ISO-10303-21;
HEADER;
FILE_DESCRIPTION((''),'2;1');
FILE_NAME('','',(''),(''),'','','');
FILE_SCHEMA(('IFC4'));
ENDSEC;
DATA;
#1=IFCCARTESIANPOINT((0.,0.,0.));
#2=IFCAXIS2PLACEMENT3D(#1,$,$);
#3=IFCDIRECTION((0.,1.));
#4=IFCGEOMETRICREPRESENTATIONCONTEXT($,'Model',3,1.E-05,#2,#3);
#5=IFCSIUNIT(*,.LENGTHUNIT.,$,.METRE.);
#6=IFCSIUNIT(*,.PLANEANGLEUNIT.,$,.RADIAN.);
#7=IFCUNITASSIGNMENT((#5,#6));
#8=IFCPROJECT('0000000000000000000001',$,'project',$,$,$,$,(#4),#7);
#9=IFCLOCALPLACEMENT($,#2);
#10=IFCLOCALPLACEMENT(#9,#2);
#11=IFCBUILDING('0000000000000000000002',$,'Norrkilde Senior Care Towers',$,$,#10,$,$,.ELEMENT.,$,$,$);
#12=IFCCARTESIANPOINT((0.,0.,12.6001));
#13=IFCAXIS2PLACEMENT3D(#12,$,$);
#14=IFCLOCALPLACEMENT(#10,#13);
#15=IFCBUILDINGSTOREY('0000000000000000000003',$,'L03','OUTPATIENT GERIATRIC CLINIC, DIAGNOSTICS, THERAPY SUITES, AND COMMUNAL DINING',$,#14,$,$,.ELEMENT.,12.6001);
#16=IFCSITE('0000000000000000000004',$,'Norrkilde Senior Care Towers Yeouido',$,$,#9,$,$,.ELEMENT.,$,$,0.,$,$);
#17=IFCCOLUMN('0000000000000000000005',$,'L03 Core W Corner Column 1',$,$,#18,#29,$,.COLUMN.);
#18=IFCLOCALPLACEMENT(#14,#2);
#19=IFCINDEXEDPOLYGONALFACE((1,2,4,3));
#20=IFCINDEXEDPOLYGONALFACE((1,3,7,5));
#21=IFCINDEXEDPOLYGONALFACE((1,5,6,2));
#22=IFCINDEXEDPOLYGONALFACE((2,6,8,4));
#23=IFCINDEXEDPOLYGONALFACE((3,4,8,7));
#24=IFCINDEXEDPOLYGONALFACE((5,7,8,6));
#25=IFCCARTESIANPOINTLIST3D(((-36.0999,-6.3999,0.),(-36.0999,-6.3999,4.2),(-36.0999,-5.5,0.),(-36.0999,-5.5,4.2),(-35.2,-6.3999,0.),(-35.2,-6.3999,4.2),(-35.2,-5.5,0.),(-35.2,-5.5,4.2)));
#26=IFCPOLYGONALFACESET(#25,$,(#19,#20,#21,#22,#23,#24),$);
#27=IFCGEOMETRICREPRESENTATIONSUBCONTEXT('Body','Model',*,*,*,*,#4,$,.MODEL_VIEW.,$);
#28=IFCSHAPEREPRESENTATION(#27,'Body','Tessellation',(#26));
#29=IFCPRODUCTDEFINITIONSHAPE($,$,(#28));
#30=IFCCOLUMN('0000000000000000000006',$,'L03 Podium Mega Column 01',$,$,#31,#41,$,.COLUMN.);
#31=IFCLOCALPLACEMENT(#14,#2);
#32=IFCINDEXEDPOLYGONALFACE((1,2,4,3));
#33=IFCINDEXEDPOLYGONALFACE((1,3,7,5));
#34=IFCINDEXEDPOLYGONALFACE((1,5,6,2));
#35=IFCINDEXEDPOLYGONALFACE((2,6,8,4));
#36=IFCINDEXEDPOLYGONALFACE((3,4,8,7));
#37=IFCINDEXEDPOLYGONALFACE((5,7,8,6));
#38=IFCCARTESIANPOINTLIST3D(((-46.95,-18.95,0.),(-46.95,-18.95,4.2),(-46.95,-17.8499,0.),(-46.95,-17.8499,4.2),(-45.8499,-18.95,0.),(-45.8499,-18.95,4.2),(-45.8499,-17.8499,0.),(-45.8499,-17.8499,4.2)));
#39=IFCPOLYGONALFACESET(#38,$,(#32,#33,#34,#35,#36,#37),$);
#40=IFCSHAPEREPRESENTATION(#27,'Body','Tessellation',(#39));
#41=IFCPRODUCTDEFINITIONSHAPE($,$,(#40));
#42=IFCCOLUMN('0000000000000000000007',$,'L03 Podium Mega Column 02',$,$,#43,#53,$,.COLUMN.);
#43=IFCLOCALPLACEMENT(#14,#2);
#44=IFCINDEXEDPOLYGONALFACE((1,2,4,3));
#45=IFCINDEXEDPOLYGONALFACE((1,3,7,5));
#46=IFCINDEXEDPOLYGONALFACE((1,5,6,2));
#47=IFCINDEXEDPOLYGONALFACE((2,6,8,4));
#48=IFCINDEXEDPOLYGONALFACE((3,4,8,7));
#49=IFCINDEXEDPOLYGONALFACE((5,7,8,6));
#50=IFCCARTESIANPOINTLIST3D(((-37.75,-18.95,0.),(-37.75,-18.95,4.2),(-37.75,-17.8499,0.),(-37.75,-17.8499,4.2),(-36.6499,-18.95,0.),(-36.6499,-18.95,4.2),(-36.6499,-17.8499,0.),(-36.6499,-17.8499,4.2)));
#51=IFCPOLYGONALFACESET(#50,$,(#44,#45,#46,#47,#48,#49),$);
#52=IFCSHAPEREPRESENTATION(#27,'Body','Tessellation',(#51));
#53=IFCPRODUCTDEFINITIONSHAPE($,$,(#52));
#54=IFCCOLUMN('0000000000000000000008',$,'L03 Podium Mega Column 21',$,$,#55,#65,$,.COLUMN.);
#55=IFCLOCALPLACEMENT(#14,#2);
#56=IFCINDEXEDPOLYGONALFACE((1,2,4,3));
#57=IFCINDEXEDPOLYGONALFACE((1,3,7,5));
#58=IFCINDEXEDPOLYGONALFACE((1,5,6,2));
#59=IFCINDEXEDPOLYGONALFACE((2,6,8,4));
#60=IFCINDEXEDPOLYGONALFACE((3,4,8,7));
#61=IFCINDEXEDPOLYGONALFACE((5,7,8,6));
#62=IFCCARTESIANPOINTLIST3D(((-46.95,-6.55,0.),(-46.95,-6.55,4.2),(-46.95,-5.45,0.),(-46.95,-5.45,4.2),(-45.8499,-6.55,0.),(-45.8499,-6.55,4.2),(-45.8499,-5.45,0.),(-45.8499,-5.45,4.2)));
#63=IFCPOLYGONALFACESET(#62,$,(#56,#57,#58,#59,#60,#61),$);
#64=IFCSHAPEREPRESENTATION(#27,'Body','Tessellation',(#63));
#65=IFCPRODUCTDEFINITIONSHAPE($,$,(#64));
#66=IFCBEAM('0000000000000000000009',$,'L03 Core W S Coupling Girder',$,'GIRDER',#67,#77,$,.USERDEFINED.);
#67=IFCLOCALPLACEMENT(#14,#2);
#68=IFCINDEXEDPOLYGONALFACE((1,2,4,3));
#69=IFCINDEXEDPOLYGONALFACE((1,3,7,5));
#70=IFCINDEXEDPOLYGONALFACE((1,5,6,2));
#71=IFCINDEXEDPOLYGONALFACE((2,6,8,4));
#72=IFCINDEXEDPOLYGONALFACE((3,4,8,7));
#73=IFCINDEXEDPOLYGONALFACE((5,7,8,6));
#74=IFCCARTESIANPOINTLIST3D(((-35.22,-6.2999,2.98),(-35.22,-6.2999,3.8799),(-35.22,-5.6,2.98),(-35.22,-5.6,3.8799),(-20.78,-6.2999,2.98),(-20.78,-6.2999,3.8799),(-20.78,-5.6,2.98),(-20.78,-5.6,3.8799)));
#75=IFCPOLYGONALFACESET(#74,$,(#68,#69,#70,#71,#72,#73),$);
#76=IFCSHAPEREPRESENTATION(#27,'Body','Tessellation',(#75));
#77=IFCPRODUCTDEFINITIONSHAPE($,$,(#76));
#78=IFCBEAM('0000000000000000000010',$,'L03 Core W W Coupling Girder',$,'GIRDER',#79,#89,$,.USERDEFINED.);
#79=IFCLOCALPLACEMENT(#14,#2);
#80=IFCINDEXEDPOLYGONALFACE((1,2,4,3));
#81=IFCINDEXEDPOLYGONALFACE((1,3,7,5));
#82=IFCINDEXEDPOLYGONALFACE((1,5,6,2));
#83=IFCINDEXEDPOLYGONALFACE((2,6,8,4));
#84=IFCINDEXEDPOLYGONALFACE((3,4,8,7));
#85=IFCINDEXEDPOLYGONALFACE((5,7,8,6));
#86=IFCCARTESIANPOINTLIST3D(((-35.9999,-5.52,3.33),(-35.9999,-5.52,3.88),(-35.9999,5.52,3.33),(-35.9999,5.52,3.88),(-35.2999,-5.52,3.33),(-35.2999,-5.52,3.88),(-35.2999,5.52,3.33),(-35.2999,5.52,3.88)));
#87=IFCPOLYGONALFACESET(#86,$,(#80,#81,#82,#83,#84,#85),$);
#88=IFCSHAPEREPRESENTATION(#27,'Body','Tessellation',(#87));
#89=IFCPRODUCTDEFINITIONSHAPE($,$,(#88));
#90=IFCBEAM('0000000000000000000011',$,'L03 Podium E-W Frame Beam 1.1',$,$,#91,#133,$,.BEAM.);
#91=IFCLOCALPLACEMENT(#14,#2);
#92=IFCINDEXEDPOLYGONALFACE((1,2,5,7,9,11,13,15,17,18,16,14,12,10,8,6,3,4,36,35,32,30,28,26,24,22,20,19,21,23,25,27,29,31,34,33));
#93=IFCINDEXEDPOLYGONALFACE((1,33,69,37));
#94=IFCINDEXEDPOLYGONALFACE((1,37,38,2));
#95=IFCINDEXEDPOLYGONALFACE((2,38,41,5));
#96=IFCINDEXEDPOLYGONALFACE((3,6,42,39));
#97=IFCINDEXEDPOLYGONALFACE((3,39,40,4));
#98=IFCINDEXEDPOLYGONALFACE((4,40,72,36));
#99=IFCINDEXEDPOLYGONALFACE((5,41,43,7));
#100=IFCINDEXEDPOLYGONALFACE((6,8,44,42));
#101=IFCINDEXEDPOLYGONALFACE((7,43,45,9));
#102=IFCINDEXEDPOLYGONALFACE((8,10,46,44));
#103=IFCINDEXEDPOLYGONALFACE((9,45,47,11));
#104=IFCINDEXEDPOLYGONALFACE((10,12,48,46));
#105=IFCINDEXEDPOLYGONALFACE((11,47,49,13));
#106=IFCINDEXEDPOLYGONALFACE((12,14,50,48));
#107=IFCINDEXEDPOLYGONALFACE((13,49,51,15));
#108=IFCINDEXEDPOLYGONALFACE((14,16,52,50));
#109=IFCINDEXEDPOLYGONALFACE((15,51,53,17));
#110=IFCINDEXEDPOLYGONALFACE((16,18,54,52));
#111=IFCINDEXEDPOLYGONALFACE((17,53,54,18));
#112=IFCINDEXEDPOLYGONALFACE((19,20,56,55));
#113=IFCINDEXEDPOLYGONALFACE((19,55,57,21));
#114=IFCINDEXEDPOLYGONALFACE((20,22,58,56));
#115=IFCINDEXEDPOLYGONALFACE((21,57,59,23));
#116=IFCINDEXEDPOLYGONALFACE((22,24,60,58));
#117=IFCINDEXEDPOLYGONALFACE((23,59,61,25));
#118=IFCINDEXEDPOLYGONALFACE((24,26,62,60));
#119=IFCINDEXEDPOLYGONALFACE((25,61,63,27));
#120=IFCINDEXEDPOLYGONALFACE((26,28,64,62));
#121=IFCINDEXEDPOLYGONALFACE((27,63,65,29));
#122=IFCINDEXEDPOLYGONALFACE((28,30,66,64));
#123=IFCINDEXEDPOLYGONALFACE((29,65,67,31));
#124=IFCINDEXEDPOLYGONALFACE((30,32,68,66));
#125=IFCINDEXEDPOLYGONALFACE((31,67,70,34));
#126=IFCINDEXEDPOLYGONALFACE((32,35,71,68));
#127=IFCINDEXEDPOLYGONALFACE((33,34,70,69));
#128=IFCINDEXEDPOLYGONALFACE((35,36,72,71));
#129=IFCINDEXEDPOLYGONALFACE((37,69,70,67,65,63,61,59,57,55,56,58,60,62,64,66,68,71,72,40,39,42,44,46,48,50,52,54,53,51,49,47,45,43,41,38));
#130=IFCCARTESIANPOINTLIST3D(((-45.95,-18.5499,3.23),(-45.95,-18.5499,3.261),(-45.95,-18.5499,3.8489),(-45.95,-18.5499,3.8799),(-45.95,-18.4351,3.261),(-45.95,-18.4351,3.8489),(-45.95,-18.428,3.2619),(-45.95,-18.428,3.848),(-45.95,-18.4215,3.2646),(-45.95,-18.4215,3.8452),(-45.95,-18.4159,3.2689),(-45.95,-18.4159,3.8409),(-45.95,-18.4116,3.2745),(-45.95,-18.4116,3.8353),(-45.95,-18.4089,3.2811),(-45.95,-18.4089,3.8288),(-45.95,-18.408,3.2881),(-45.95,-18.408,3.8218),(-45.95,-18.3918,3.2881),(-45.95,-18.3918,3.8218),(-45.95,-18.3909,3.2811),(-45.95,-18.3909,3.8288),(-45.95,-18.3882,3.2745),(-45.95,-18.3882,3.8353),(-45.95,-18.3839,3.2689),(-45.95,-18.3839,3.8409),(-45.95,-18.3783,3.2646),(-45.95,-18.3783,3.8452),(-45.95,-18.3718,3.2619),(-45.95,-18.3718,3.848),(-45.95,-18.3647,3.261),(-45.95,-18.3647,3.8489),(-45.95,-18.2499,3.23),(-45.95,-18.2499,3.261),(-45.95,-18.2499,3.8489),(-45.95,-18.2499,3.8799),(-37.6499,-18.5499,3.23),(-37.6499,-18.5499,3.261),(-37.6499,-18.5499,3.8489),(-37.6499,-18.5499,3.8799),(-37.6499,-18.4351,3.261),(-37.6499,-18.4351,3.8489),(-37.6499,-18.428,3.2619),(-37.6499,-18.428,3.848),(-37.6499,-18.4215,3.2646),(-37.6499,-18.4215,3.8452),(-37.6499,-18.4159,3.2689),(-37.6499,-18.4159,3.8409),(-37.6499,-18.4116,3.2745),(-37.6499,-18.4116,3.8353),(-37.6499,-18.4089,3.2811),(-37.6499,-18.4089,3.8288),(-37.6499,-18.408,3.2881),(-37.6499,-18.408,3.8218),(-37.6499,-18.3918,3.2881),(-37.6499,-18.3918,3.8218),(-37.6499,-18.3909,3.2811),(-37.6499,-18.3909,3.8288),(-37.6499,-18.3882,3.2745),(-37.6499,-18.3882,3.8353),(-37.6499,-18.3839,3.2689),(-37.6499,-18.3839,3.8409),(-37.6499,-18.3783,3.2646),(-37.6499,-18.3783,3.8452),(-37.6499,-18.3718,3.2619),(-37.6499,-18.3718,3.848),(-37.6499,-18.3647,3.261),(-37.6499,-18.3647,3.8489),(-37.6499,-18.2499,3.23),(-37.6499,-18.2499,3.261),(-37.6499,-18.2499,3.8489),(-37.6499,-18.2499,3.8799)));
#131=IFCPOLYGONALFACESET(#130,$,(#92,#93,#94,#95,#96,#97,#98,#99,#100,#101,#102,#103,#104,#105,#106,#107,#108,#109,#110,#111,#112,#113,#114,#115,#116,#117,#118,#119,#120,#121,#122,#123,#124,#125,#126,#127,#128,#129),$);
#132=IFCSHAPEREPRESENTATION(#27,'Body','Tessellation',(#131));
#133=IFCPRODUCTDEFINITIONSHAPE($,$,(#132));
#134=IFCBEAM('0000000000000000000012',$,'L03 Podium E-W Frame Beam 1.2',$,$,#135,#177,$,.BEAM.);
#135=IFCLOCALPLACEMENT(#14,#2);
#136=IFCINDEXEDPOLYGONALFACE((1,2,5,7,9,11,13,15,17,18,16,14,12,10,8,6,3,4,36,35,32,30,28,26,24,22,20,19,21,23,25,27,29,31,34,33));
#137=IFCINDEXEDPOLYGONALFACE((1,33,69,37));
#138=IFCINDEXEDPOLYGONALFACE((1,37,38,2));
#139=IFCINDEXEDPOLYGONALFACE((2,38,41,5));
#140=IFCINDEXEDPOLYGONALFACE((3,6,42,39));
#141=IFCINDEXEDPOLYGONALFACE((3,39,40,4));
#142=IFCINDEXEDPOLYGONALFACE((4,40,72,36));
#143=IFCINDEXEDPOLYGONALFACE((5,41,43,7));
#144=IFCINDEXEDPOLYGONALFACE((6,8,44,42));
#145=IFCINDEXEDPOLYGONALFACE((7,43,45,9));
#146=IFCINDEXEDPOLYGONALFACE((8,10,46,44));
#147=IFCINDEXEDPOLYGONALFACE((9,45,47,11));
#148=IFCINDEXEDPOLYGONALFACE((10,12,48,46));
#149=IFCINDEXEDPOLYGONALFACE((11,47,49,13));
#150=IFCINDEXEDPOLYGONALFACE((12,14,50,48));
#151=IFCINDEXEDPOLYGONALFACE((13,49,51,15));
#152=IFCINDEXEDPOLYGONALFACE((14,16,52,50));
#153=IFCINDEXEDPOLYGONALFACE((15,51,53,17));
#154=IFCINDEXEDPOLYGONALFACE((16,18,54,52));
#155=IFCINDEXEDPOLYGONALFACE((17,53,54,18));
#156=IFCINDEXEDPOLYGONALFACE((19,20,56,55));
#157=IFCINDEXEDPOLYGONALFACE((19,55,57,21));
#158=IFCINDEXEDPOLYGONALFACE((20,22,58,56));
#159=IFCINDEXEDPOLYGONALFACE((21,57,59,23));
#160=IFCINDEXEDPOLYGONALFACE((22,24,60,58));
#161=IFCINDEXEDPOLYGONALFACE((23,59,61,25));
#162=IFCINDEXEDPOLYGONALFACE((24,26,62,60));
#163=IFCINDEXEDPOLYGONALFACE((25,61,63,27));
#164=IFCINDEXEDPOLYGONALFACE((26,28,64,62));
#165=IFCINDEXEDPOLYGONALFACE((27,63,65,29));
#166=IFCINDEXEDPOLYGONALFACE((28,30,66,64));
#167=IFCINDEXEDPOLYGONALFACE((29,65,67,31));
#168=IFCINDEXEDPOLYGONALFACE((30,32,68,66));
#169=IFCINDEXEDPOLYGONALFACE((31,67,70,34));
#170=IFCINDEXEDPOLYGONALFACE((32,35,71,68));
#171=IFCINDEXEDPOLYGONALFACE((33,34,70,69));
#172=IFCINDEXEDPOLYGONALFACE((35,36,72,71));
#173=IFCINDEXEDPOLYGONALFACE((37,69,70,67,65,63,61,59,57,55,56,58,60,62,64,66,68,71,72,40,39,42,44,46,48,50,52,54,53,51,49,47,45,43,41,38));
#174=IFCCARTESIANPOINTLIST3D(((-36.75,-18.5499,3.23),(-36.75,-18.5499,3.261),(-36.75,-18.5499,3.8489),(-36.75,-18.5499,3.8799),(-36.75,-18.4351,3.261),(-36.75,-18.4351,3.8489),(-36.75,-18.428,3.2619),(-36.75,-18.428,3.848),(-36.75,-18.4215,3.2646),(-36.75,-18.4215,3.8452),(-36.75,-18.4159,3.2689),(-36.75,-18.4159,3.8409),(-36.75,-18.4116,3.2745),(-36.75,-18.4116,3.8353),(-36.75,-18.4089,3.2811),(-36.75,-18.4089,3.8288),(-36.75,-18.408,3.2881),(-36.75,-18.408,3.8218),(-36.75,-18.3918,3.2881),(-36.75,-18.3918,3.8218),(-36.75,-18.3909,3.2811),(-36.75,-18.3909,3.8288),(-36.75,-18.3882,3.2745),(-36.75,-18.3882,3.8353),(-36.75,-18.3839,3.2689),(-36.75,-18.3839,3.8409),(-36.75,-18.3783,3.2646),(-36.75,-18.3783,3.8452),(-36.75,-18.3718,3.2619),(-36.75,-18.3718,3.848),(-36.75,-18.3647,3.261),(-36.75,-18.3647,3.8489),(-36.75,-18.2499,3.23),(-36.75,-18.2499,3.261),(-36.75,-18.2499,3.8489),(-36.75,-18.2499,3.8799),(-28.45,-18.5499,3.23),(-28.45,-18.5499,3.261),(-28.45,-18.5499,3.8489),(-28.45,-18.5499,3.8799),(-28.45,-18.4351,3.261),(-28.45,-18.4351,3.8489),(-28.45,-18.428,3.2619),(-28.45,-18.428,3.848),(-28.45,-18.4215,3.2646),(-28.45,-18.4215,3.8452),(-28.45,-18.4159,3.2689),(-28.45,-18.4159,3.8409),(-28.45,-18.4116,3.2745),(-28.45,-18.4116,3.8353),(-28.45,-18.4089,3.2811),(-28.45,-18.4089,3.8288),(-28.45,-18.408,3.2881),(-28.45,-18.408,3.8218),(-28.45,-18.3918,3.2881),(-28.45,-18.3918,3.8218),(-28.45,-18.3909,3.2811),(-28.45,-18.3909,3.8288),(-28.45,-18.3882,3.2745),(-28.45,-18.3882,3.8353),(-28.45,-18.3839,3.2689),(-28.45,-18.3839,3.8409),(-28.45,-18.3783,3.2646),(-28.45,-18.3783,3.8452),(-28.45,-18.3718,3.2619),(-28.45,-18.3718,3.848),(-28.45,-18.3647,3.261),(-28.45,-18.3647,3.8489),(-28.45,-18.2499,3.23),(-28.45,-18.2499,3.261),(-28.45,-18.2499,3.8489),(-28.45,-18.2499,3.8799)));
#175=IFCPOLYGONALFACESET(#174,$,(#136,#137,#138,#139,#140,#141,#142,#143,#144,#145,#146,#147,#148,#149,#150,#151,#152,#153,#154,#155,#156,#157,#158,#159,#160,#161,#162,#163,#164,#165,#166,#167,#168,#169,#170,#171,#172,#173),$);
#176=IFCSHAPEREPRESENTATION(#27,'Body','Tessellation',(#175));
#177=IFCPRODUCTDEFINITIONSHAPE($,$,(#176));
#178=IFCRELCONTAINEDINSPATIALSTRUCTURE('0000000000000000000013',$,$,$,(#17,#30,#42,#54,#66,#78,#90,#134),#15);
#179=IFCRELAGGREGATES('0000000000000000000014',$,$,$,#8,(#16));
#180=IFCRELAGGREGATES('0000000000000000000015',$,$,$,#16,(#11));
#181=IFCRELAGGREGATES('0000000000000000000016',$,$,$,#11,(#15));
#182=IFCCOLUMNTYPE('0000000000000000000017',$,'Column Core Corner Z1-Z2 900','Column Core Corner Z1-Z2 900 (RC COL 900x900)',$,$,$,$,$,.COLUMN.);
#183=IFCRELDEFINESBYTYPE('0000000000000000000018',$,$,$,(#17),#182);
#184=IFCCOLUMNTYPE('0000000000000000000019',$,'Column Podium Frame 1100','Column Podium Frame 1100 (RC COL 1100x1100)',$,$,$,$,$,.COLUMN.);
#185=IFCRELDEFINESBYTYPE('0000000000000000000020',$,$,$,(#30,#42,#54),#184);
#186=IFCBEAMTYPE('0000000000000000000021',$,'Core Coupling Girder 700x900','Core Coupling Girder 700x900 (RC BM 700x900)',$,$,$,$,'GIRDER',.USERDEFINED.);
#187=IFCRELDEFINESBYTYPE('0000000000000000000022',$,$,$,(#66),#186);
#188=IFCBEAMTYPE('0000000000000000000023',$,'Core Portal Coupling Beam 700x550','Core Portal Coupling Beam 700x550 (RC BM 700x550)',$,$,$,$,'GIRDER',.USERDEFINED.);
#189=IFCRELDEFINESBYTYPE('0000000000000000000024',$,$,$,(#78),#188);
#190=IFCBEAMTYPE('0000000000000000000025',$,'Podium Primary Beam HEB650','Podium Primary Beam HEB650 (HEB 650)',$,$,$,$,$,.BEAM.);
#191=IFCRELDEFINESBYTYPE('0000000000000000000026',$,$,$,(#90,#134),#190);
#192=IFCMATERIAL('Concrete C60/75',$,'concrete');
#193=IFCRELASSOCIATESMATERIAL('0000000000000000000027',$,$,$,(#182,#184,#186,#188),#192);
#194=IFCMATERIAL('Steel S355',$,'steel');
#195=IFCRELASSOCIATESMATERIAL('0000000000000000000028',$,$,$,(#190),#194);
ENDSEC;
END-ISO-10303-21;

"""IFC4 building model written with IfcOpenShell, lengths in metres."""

from ifc_helpers import new_model, si_unit, direction, frame, origin, origin_2d, place, context, subcontext, project, spatial, rectangle, i_section, extrude, source, transform, mapped, material, material_profile, profile_set, type_object, type_shapes, element, save


model = new_model("IFC4")

# Units and contexts
model_context = context("Model", 3, precision=1e-05, world=origin(), true_north=direction((0.0, 1.0)))
body_context = subcontext(model_context, "Body", "Model", "MODEL_VIEW")
ifc_project = project(units=[si_unit("LENGTHUNIT", "METRE"), si_unit("PLANEANGLEUNIT", "RADIAN")], contexts=[model_context])

# Site, building, storey
site_placement = place(None, origin())
site = spatial("IfcSite", under=ifc_project, at=site_placement, Name="Norrkilde Senior Care Towers Yeouido", CompositionType="ELEMENT", RefElevation=0.0)
building_placement = place(site_placement, origin())
building = spatial("IfcBuilding", under=site, at=building_placement, Name="Norrkilde Senior Care Towers", CompositionType="ELEMENT")
storey_placement = place(building_placement, frame((0.0, 0.0, 12.6001)))
storey = spatial("IfcBuildingStorey", under=building, at=storey_placement, Name="L03", Description="OUTPATIENT GERIATRIC CLINIC, DIAGNOSTICS, THERAPY SUITES, AND COMMUNAL DINING", CompositionType="ELEMENT", Elevation=12.6001)

# Columns
ifc_material_1 = material(Name="Concrete C60/75", Category="concrete")
ifc_material_profile_1 = material_profile(ifc_material_1, rectangle(XDim=0.8999, YDim=0.8999, at=origin_2d()), Name="RC COL 900x900")
ifc_profile_set_1 = profile_set([ifc_material_profile_1], Name="Concrete C60/75")
column_type_1 = type_object("IfcColumnType", Name="Column Core Corner Z1-Z2 900", Description="Column Core Corner Z1-Z2 900 (RC COL 900x900)", PredefinedType="COLUMN", material=ifc_profile_set_1)
shared_shape_1 = source(origin(), body_context, "Body", "SweptSolid", [
    extrude(rectangle(XDim=0.8999, YDim=0.8999, at=origin_2d()), origin(), (0.0, 0.0, 1.0), 4.2),
])
type_shapes(column_type_1, [shared_shape_1])
column_placement = place(storey_placement, frame((-35.6499, -5.95, 0.0), z_axis=(0.0, 0.0, 1.0), x_axis=(1.0, 0.0, 0.0)))
element("IfcColumn", 1, at=column_placement, inside=storey, type_object=column_type_1, Name="L03 Core W Corner Column 1", PredefinedType="COLUMN", context=body_context, shape_type="MappedRepresentation", body=[
    mapped(shared_shape_1, transform((0.0, 0.0, 0.0), x_axis=(1.0, 0.0, 0.0), y_axis=(0.0, 1.0, 0.0), z_axis=(0.0, 0.0, 1.0), scale=1.0)),
])
ifc_material_profile_2 = material_profile(ifc_material_1, rectangle(XDim=1.1001, YDim=1.1001, at=origin_2d()), Name="RC COL 1100x1100")
ifc_profile_set_2 = profile_set([ifc_material_profile_2], Name="Concrete C60/75")
column_type_2 = type_object("IfcColumnType", Name="Column Podium Frame 1100", Description="Column Podium Frame 1100 (RC COL 1100x1100)", PredefinedType="COLUMN", material=ifc_profile_set_2)
shared_shape_2 = source(origin(), body_context, "Body", "SweptSolid", [
    extrude(rectangle(XDim=1.1001, YDim=1.1001, at=origin_2d()), origin(), (0.0, 0.0, 1.0), 4.2),
])
type_shapes(column_type_2, [shared_shape_2])
for number, where, z_axis, x_axis, name in (
    (2, (-46.3999, -18.3999, 0.0), (0.0, 0.0, 1.0), (1.0, 0.0, 0.0), "L03 Podium Mega Column 01"),
    (3, (-37.2, -18.3999, 0.0), (0.0, 0.0, 1.0), (1.0, 0.0, 0.0), "L03 Podium Mega Column 02"),
    (4, (-46.3999, -6.0, 0.0), (0.0, 0.0, 1.0), (1.0, 0.0, 0.0), "L03 Podium Mega Column 21"),
):
    element("IfcColumn", number, at=place(storey_placement, frame(where, z_axis=z_axis, x_axis=x_axis)), inside=storey, type_object=column_type_2, Name=name, PredefinedType="COLUMN", context=body_context, shape_type="MappedRepresentation", body=[
        mapped(shared_shape_2, transform((0.0, 0.0, 0.0), x_axis=(1.0, 0.0, 0.0), y_axis=(0.0, 1.0, 0.0), z_axis=(0.0, 0.0, 1.0), scale=1.0)),
    ])

# Beams
ifc_material_profile_3 = material_profile(ifc_material_1, rectangle(XDim=0.7, YDim=0.8999, at=origin_2d()), Name="RC BM 700x900")
ifc_profile_set_3 = profile_set([ifc_material_profile_3], Name="Concrete C60/75")
beam_type_1 = type_object("IfcBeamType", Name="Core Coupling Girder 700x900", Description="Core Coupling Girder 700x900 (RC BM 700x900)", ElementType="GIRDER", PredefinedType="USERDEFINED", material=ifc_profile_set_3)
shared_shape_3 = source(origin(), body_context, "Body", "SweptSolid", [
    extrude(rectangle(XDim=0.7, YDim=0.8999, at=origin_2d()), origin(), (0.0, 0.0, 1.0), 14.4399),
])
type_shapes(beam_type_1, [shared_shape_3])
beam_1_placement = place(storey_placement, frame((-35.22, -5.95, 3.4299), z_axis=(1.0, 0.0, 0.0), x_axis=(0.0, 1.0, 0.0)))
element("IfcBeam", 5, at=beam_1_placement, inside=storey, type_object=beam_type_1, Name="L03 Core W S Coupling Girder", ObjectType="GIRDER", PredefinedType="USERDEFINED", context=body_context, shape_type="MappedRepresentation", body=[
    mapped(shared_shape_3, transform((0.0, 0.0, 0.0), x_axis=(1.0, 0.0, 0.0), y_axis=(0.0, 1.0, 0.0), z_axis=(0.0, 0.0, 1.0), scale=1.0)),
])
ifc_material_profile_4 = material_profile(ifc_material_1, rectangle(XDim=0.7, YDim=0.55, at=origin_2d()), Name="RC BM 700x550")
ifc_profile_set_4 = profile_set([ifc_material_profile_4], Name="Concrete C60/75")
beam_type_2 = type_object("IfcBeamType", Name="Core Portal Coupling Beam 700x550", Description="Core Portal Coupling Beam 700x550 (RC BM 700x550)", ElementType="GIRDER", PredefinedType="USERDEFINED", material=ifc_profile_set_4)
shared_shape_4 = source(origin(), body_context, "Body", "SweptSolid", [
    extrude(rectangle(XDim=0.7, YDim=0.55, at=origin_2d()), origin(), (0.0, 0.0, 1.0), 11.04),
])
type_shapes(beam_type_2, [shared_shape_4])
beam_2_placement = place(storey_placement, frame((-35.6499, -5.52, 3.605), z_axis=(0.0, 1.0, 0.0), x_axis=(-1.0, 0.0, 0.0)))
element("IfcBeam", 6, at=beam_2_placement, inside=storey, type_object=beam_type_2, Name="L03 Core W W Coupling Girder", ObjectType="GIRDER", PredefinedType="USERDEFINED", context=body_context, shape_type="MappedRepresentation", body=[
    mapped(shared_shape_4, transform((0.0, 0.0, 0.0), x_axis=(1.0, 0.0, 0.0), y_axis=(0.0, 1.0, 0.0), z_axis=(0.0, 0.0, 1.0), scale=1.0)),
])
ifc_material_2 = material(Name="Steel S355", Category="steel")
ifc_material_profile_5 = material_profile(ifc_material_2, i_section(OverallWidth=0.3, OverallDepth=0.6499, WebThickness=0.0161, FlangeThickness=0.031, FilletRadius=0.0271, at=origin_2d()), Name="HEB 650")
ifc_profile_set_5 = profile_set([ifc_material_profile_5], Name="Steel S355")
beam_type_3 = type_object("IfcBeamType", Name="Podium Primary Beam HEB650", Description="Podium Primary Beam HEB650 (HEB 650)", PredefinedType="BEAM", material=ifc_profile_set_5)
shared_shape_5 = source(origin(), body_context, "Body", "SweptSolid", [
    extrude(i_section(OverallWidth=0.3, OverallDepth=0.6499, WebThickness=0.0161, FlangeThickness=0.031, FilletRadius=0.0271, at=origin_2d()), origin(), (0.0, 0.0, 1.0), 8.3),
])
for number, where, z_axis, x_axis, name in (
    (7, (-45.95, -18.3999, 3.5549), (1.0, 0.0, 0.0), (0.0, 1.0, 0.0), "L03 Podium E-W Frame Beam 1.1"),
    (8, (-36.75, -18.3999, 3.5549), (1.0, 0.0, 0.0), (0.0, 1.0, 0.0), "L03 Podium E-W Frame Beam 1.2"),
):
    element("IfcBeam", number, at=place(storey_placement, frame(where, z_axis=z_axis, x_axis=x_axis)), inside=storey, type_object=beam_type_3, Name=name, PredefinedType="BEAM", context=body_context, shape_type="MappedRepresentation", body=[
        mapped(shared_shape_5, transform((0.0, 0.0, 0.0), x_axis=(1.0, 0.0, 0.0), y_axis=(0.0, 1.0, 0.0), z_axis=(0.0, 0.0, 1.0), scale=1.0)),
    ])

save(model, "model.ifc")
